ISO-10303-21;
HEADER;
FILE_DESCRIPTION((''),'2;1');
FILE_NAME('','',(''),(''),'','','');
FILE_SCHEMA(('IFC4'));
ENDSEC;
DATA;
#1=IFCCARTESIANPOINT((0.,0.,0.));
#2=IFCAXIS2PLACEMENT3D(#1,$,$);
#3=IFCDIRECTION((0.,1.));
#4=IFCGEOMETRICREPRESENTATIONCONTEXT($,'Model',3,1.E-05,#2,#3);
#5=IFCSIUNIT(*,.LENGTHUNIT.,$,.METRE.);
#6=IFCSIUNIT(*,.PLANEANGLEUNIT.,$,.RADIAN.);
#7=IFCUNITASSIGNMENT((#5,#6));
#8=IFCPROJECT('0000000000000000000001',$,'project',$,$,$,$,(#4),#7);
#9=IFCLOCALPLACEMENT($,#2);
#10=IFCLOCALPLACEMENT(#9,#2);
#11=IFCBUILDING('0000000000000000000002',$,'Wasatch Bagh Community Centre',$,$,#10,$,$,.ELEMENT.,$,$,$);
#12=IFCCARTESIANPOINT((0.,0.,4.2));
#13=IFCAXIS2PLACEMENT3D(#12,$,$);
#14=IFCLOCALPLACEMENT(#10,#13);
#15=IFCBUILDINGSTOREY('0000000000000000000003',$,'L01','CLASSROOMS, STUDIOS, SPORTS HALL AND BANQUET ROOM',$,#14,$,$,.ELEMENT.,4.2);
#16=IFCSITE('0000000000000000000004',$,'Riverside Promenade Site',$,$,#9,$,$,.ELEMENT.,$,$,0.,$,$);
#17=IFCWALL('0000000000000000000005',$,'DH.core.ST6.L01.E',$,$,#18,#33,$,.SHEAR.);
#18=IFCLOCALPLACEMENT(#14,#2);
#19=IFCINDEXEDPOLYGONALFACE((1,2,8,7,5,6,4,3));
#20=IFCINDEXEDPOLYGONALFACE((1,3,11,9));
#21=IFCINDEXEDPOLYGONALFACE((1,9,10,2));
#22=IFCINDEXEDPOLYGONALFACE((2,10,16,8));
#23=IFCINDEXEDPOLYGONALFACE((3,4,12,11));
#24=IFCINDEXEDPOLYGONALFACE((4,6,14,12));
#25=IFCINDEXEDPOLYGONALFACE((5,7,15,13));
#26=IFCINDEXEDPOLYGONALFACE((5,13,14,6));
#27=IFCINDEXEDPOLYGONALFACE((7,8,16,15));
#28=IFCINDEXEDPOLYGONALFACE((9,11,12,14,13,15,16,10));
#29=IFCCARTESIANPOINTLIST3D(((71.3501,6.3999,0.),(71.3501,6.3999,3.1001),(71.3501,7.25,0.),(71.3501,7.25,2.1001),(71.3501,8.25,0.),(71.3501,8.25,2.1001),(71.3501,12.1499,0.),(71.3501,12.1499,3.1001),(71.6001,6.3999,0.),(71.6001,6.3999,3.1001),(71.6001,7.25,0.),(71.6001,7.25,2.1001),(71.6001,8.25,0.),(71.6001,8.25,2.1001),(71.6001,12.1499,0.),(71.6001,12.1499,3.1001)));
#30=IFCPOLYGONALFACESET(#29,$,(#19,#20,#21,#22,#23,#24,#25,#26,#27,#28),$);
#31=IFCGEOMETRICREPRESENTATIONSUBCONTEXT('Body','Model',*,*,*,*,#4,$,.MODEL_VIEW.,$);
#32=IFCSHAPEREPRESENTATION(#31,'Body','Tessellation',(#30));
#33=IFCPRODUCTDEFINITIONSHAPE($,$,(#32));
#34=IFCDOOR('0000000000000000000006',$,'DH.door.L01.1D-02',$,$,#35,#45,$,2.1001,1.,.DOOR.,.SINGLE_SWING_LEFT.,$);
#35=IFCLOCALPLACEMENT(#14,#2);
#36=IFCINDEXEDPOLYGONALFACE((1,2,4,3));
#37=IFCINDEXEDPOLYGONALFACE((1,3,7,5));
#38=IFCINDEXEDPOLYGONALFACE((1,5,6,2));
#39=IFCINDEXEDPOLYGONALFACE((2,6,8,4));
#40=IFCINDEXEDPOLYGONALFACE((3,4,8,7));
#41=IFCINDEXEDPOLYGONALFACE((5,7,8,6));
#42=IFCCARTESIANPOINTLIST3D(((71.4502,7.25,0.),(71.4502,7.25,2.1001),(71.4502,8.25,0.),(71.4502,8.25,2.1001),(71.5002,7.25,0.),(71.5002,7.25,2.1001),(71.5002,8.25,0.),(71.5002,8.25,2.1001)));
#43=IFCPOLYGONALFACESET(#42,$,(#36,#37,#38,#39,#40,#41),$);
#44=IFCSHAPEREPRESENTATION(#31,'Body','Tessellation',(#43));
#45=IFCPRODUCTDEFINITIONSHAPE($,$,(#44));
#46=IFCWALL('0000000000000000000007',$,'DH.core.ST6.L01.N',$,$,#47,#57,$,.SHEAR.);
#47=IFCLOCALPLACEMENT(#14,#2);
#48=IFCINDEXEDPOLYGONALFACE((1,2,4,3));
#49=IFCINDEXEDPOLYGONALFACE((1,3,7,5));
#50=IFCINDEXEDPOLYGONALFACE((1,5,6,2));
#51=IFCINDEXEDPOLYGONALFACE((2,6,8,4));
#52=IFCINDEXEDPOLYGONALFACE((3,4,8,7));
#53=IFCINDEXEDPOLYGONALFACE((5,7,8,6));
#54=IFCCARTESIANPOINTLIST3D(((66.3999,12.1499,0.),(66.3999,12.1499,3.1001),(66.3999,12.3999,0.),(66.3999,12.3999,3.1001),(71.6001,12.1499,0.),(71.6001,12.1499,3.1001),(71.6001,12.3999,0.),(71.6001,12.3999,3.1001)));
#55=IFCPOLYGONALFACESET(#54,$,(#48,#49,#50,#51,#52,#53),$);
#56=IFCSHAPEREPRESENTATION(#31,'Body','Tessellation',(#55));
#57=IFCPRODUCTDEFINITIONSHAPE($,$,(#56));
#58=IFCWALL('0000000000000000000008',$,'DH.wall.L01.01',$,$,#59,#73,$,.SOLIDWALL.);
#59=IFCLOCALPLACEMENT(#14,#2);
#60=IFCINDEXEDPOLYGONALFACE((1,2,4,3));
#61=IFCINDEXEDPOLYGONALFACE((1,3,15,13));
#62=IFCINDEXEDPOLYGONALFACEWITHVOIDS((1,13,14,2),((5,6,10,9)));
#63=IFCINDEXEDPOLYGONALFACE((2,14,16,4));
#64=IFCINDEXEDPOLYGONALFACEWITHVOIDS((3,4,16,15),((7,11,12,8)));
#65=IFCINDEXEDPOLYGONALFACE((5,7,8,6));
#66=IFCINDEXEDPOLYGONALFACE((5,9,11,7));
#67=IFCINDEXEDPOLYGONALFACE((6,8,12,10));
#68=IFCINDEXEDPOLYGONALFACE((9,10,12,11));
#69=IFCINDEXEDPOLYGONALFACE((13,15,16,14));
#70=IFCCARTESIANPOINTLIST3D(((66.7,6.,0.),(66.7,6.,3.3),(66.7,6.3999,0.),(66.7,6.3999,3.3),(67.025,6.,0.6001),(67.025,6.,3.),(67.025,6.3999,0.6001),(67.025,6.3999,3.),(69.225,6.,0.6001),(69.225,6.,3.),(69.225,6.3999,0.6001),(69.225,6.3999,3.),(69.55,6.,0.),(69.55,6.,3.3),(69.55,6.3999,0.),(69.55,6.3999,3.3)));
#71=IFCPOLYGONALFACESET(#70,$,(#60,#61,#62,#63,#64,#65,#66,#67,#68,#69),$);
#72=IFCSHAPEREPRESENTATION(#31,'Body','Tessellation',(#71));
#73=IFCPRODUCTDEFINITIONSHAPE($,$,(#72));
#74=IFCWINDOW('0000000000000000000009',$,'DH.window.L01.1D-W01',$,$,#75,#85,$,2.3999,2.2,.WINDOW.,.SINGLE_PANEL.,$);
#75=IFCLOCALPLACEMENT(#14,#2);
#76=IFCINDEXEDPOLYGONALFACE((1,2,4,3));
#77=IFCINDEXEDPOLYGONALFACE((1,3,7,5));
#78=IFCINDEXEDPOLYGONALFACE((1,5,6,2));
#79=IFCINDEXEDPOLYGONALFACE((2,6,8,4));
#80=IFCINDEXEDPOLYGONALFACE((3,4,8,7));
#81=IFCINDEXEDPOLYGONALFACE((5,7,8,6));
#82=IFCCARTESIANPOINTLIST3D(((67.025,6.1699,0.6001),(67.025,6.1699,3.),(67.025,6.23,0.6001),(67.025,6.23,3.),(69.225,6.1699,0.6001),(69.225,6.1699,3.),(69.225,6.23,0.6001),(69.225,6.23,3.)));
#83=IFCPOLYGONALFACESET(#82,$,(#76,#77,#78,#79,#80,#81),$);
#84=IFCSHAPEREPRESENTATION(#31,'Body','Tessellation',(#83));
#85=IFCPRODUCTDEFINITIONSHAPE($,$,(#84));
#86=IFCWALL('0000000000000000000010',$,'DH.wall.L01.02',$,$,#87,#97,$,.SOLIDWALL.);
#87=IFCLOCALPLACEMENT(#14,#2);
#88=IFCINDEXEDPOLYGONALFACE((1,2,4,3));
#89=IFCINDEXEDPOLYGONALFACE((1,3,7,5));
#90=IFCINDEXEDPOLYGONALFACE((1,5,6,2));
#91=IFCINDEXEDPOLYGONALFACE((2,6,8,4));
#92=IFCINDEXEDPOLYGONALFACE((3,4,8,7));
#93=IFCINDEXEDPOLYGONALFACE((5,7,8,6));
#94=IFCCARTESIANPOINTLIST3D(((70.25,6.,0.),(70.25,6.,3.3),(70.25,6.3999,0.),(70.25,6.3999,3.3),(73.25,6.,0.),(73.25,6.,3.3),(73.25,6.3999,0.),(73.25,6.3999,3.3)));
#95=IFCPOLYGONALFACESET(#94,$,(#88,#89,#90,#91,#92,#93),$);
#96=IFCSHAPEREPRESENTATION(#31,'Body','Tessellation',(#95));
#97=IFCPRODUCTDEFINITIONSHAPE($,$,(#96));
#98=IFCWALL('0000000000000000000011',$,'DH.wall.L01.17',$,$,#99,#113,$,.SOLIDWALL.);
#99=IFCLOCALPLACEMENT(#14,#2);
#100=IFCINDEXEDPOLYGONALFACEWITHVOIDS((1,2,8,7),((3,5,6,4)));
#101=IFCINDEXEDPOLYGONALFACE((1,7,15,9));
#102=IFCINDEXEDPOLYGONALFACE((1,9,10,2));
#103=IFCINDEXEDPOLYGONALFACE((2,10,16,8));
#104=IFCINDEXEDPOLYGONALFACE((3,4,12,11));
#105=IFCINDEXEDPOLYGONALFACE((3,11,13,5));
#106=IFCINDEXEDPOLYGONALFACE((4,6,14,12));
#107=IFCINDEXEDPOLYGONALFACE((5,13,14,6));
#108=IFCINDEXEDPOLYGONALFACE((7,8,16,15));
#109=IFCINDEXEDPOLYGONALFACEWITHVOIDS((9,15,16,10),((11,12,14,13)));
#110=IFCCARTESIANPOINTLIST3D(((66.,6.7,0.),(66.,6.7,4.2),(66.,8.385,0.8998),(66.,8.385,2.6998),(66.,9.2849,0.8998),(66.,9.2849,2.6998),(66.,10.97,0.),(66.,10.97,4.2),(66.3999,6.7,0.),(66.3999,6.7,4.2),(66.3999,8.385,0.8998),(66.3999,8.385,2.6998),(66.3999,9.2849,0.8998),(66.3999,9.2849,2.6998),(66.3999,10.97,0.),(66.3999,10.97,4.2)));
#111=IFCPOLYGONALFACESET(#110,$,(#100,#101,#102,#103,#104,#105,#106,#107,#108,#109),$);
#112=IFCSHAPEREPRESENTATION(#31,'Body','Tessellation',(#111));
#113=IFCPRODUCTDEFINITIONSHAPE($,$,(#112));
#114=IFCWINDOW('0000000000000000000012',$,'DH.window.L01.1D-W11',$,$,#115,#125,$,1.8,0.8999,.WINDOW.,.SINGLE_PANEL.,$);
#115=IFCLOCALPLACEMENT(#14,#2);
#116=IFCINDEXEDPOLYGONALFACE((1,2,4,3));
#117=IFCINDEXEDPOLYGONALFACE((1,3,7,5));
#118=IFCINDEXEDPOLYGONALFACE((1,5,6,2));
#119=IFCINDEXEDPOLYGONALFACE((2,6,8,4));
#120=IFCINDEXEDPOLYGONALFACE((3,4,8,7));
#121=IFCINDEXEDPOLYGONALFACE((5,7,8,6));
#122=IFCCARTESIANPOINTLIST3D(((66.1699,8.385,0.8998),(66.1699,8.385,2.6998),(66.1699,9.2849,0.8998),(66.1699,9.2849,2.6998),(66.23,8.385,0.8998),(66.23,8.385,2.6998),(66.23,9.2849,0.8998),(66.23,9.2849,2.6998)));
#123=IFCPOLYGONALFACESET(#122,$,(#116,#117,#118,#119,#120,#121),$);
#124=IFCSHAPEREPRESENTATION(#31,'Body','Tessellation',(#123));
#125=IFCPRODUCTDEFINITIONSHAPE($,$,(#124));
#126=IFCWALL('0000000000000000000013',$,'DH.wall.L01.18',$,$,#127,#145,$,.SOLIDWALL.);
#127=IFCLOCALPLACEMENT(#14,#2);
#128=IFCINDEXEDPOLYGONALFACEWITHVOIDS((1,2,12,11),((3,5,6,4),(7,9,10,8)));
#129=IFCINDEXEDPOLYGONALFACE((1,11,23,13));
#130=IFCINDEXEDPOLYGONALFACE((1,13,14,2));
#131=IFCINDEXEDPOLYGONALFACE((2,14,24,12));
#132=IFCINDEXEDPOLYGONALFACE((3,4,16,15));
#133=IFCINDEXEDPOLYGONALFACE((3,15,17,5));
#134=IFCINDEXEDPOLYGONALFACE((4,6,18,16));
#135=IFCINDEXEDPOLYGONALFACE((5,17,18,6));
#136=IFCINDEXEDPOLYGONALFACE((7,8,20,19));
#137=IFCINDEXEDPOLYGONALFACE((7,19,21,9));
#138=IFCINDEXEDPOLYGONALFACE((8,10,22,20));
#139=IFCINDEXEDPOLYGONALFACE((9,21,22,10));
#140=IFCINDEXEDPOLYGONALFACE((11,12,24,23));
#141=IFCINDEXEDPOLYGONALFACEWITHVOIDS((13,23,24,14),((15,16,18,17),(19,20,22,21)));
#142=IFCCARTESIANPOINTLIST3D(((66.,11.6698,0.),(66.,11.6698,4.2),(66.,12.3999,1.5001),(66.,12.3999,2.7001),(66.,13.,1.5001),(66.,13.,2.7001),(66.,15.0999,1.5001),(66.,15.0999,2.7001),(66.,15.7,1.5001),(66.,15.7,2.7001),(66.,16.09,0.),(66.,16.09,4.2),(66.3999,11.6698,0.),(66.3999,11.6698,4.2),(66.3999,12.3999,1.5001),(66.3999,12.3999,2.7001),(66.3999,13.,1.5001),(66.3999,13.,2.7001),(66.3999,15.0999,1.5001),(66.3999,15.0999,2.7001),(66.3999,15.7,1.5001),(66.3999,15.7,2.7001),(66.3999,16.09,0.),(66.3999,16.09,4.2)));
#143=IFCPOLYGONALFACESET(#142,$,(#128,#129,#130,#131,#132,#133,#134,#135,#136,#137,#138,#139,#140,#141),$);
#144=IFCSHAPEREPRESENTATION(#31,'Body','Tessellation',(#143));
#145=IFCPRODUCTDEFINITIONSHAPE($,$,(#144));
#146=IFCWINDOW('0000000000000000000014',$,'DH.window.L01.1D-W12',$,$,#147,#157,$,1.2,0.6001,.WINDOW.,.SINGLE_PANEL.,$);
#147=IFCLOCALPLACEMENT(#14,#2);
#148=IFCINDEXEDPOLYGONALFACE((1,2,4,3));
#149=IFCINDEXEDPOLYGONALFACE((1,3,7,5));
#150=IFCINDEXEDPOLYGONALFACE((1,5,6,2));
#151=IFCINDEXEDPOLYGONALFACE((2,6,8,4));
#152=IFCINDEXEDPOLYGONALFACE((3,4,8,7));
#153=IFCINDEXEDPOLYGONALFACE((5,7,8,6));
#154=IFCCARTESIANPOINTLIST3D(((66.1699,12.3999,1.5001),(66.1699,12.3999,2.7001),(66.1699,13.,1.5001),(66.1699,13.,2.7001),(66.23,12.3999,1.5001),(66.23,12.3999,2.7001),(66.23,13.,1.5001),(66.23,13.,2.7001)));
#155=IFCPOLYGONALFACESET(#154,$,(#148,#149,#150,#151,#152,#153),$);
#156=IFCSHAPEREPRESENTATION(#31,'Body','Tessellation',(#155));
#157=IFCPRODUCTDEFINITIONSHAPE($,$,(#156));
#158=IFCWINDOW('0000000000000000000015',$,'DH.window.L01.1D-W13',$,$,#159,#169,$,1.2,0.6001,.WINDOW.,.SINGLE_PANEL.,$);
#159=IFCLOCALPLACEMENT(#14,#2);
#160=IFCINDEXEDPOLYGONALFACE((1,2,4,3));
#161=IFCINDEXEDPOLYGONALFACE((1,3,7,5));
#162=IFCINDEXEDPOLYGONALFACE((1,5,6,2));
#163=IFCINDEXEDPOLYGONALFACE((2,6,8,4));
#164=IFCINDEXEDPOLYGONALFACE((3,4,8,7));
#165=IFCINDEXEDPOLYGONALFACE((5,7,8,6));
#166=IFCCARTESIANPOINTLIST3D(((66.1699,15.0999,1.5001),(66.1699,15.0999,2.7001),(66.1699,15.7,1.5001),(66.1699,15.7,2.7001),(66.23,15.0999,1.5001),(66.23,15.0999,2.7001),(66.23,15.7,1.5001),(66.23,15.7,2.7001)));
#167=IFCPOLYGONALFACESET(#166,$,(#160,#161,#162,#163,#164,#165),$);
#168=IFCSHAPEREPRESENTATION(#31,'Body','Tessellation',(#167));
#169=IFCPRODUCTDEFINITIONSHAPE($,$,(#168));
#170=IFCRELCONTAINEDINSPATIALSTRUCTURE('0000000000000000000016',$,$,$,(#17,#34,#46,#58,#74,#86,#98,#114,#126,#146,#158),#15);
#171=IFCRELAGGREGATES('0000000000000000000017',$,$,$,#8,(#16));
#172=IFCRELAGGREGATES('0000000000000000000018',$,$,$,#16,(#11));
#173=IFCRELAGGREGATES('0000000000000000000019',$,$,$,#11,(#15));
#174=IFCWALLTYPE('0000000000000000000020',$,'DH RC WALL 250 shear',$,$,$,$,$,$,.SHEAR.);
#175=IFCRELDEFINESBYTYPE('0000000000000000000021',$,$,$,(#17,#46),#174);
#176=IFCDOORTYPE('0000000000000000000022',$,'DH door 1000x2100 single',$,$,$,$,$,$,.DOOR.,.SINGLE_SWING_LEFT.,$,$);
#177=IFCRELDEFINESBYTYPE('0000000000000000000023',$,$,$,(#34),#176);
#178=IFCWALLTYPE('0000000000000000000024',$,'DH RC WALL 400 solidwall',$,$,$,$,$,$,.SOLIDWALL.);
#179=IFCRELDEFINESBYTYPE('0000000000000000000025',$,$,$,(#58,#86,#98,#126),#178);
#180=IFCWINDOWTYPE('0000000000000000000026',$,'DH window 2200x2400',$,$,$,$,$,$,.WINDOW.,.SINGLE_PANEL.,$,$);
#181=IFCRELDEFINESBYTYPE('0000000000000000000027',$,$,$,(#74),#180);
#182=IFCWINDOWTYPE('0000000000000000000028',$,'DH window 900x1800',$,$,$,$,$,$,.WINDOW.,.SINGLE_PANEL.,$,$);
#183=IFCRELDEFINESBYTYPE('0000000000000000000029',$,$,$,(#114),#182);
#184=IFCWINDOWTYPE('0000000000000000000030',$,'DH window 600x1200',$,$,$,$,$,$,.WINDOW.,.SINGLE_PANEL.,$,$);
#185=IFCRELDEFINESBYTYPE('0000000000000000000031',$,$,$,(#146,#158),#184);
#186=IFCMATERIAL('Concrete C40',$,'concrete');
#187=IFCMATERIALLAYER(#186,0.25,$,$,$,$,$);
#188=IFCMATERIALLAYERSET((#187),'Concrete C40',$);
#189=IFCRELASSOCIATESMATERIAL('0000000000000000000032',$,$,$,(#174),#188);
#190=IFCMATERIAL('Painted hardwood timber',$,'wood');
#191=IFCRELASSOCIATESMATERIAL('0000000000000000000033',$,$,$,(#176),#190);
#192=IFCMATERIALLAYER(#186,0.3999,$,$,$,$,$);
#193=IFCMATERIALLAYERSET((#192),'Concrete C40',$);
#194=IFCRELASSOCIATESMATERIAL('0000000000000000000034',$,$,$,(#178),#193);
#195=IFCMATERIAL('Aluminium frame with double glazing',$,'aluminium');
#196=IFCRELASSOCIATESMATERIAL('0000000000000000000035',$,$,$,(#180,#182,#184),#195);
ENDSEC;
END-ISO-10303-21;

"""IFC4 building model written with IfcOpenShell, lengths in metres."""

from ifc_helpers import new_model, si_unit, direction, frame, frame_2d, origin, place, context, subcontext, project, spatial, rectangle, extrude, material, layer, layer_set, type_object, element, fill, save


model = new_model("IFC4")

# Units and contexts
model_context = context("Model", 3, precision=1e-05, world=origin(), true_north=direction((0.0, 1.0)))
body_context = subcontext(model_context, "Body", "Model", "MODEL_VIEW")
ifc_project = project(units=[si_unit("LENGTHUNIT", "METRE"), si_unit("PLANEANGLEUNIT", "RADIAN")], contexts=[model_context])

# Site, building, storey
site_placement = place(None, origin())
site = spatial("IfcSite", under=ifc_project, at=site_placement, Name="Riverside Promenade Site", CompositionType="ELEMENT", RefElevation=0.0)
building_placement = place(site_placement, origin())
building = spatial("IfcBuilding", under=site, at=building_placement, Name="Wasatch Bagh Community Centre", CompositionType="ELEMENT")
storey_placement = place(building_placement, frame((0.0, 0.0, 4.2)))
storey = spatial("IfcBuildingStorey", under=building, at=storey_placement, Name="L01", Description="CLASSROOMS, STUDIOS, SPORTS HALL AND BANQUET ROOM", CompositionType="ELEMENT", Elevation=4.2)

# Shared definitions
ifc_material_1 = material(Name="Concrete C40", Category="concrete")

# Wall, opening, door
ifc_layer_1 = layer(ifc_material_1, 0.25)
ifc_layer_set_1 = layer_set([ifc_layer_1], Name="Concrete C40")
wall_type_1 = type_object("IfcWallType", Name="DH RC WALL 250 shear", PredefinedType="SHEAR", material=ifc_layer_set_1)
wall_1_placement = place(storey_placement, frame((71.4751, 6.3999, 0.0), z_axis=(0.0, 0.0, 1.0), x_axis=(0.0, 1.0, 0.0)))
wall_1 = element("IfcWall", 1, at=wall_1_placement, inside=storey, type_object=wall_type_1, Name="DH.core.ST6.L01.E", PredefinedType="SHEAR", context=body_context, shape_type="SweptSolid", body=[
    extrude(rectangle(XDim=5.75, YDim=0.25, at=frame_2d((2.875, 0.0))), origin(), (0.0, 0.0, 1.0), 3.1001),
])
opening_1_placement = place(wall_1_placement, frame((0.8501, 0.0, 0.0)))
opening_1 = element("IfcOpeningElement", 2, at=opening_1_placement, cuts=wall_1, PredefinedType="OPENING", context=body_context, shape_type="SweptSolid", body=[
    extrude(rectangle(XDim=1.0, YDim=2.1001, at=frame_2d((0.5, 1.05))), frame((0.0, 0.135, 0.0), z_axis=(0.0, -1.0, 0.0), x_axis=(1.0, 0.0, 0.0)), (0.0, 0.0, 1.0), 0.27),
])
ifc_material_2 = material(Name="Painted hardwood timber", Category="wood")
door_type = type_object("IfcDoorType", Name="DH door 1000x2100 single", OperationType="SINGLE_SWING_LEFT", PredefinedType="DOOR", material=ifc_material_2)
door_placement = place(opening_1_placement, origin())
door = element("IfcDoor", 3, at=door_placement, inside=storey, type_object=door_type, Name="DH.door.L01.1D-02", OperationType="SINGLE_SWING_LEFT", OverallHeight=2.1001, OverallWidth=1.0, PredefinedType="DOOR", context=body_context, shape_type="SweptSolid", body=[
    extrude(rectangle(XDim=1.0, YDim=2.1001, at=frame_2d((0.5, 1.05))), frame((0.0, 0.0249, 0.0), z_axis=(0.0, -1.0, 0.0), x_axis=(1.0, 0.0, 0.0)), (0.0, 0.0, 1.0), 0.05),
])
fill(opening_1, door)

# Wall
wall_2_placement = place(storey_placement, frame((66.3999, 12.2749, 0.0), z_axis=(0.0, 0.0, 1.0), x_axis=(1.0, 0.0, 0.0)))
element("IfcWall", 4, at=wall_2_placement, inside=storey, type_object=wall_type_1, Name="DH.core.ST6.L01.N", PredefinedType="SHEAR", context=body_context, shape_type="SweptSolid", body=[
    extrude(rectangle(XDim=5.2002, YDim=0.25, at=frame_2d((2.6001, 0.0))), origin(), (0.0, 0.0, 1.0), 3.1001),
])

# Wall, opening, window
ifc_layer_2 = layer(ifc_material_1, 0.3999)
ifc_layer_set_2 = layer_set([ifc_layer_2], Name="Concrete C40")
wall_type_2 = type_object("IfcWallType", Name="DH RC WALL 400 solidwall", PredefinedType="SOLIDWALL", material=ifc_layer_set_2)
wall_3_placement = place(storey_placement, frame((69.55, 6.2, 0.0), z_axis=(0.0, 0.0, 1.0), x_axis=(-1.0, 0.0, 0.0)))
wall_3 = element("IfcWall", 5, at=wall_3_placement, inside=storey, type_object=wall_type_2, Name="DH.wall.L01.01", PredefinedType="SOLIDWALL", context=body_context, shape_type="SweptSolid", body=[
    extrude(rectangle(XDim=2.8501, YDim=0.3999, at=frame_2d((1.425, 0.0))), origin(), (0.0, 0.0, 1.0), 3.3),
])
opening_2_placement = place(wall_3_placement, frame((0.325, 0.0, 0.6001)))
opening_2 = element("IfcOpeningElement", 6, at=opening_2_placement, cuts=wall_3, PredefinedType="OPENING", context=body_context, shape_type="SweptSolid", body=[
    extrude(rectangle(XDim=2.2, YDim=2.3999, at=frame_2d((1.1001, 1.2))), frame((0.0, 0.21, 0.0), z_axis=(0.0, -1.0, 0.0), x_axis=(1.0, 0.0, 0.0)), (0.0, 0.0, 1.0), 0.4199),
])
ifc_material_3 = material(Name="Aluminium frame with double glazing", Category="aluminium")
window_type_1 = type_object("IfcWindowType", Name="DH window 2200x2400", PartitioningType="SINGLE_PANEL", PredefinedType="WINDOW", material=ifc_material_3)
window_1_placement = place(opening_2_placement, origin())
window_1 = element("IfcWindow", 7, at=window_1_placement, inside=storey, type_object=window_type_1, Name="DH.window.L01.1D-W01", OverallHeight=2.3999, OverallWidth=2.2, PartitioningType="SINGLE_PANEL", PredefinedType="WINDOW", context=body_context, shape_type="SweptSolid", body=[
    extrude(rectangle(XDim=2.2, YDim=2.3999, at=frame_2d((1.1001, 1.2))), frame((0.0, 0.03, 0.0), z_axis=(0.0, -1.0, 0.0), x_axis=(1.0, 0.0, 0.0)), (0.0, 0.0, 1.0), 0.0601),
])
fill(opening_2, window_1)

# Wall
wall_4_placement = place(storey_placement, frame((73.25, 6.2, 0.0), z_axis=(0.0, 0.0, 1.0), x_axis=(-1.0, 0.0, 0.0)))
element("IfcWall", 8, at=wall_4_placement, inside=storey, type_object=wall_type_2, Name="DH.wall.L01.02", PredefinedType="SOLIDWALL", context=body_context, shape_type="SweptSolid", body=[
    extrude(rectangle(XDim=3.0, YDim=0.3999, at=frame_2d((1.5, 0.0))), origin(), (0.0, 0.0, 1.0), 3.3),
])

# Wall, opening, window
wall_5_placement = place(storey_placement, frame((66.2, 6.7, 0.0), z_axis=(0.0, 0.0, 1.0), x_axis=(0.0, 1.0, 0.0)))
wall_5 = element("IfcWall", 9, at=wall_5_placement, inside=storey, type_object=wall_type_2, Name="DH.wall.L01.17", PredefinedType="SOLIDWALL", context=body_context, shape_type="SweptSolid", body=[
    extrude(rectangle(XDim=4.27, YDim=0.3999, at=frame_2d((2.135, 0.0))), origin(), (0.0, 0.0, 1.0), 4.2),
])
opening_3_placement = place(wall_5_placement, frame((1.6851, 0.0, 0.8999)))
opening_3 = element("IfcOpeningElement", 10, at=opening_3_placement, cuts=wall_5, PredefinedType="OPENING", context=body_context, shape_type="SweptSolid", body=[
    extrude(rectangle(XDim=0.8999, YDim=1.8, at=frame_2d((0.45, 0.8999))), frame((0.0, 0.21, 0.0), z_axis=(0.0, -1.0, 0.0), x_axis=(1.0, 0.0, 0.0)), (0.0, 0.0, 1.0), 0.4199),
])
window_type_2 = type_object("IfcWindowType", Name="DH window 900x1800", PartitioningType="SINGLE_PANEL", PredefinedType="WINDOW", material=ifc_material_3)
window_2_placement = place(opening_3_placement, origin())
window_2 = element("IfcWindow", 11, at=window_2_placement, inside=storey, type_object=window_type_2, Name="DH.window.L01.1D-W11", OverallHeight=1.8, OverallWidth=0.8999, PartitioningType="SINGLE_PANEL", PredefinedType="WINDOW", context=body_context, shape_type="SweptSolid", body=[
    extrude(rectangle(XDim=0.8999, YDim=1.8, at=frame_2d((0.45, 0.8999))), frame((0.0, 0.03, 0.0), z_axis=(0.0, -1.0, 0.0), x_axis=(1.0, 0.0, 0.0)), (0.0, 0.0, 1.0), 0.0601),
])
fill(opening_3, window_2)

# Wall, openings, windows
wall_6_placement = place(storey_placement, frame((66.2, 11.6699, 0.0), z_axis=(0.0, 0.0, 1.0), x_axis=(0.0, 1.0, 0.0)))
wall_6 = element("IfcWall", 12, at=wall_6_placement, inside=storey, type_object=wall_type_2, Name="DH.wall.L01.18", PredefinedType="SOLIDWALL", context=body_context, shape_type="SweptSolid", body=[
    extrude(rectangle(XDim=4.4202, YDim=0.3999, at=frame_2d((2.21, 0.0))), origin(), (0.0, 0.0, 1.0), 4.2),
])
opening_4_placement = place(wall_6_placement, frame((0.73, 0.0, 1.5)))
opening_4 = element("IfcOpeningElement", 13, at=opening_4_placement, cuts=wall_6, PredefinedType="OPENING", context=body_context, shape_type="SweptSolid", body=[
    extrude(rectangle(XDim=0.6001, YDim=1.2, at=frame_2d((0.3, 0.6001))), frame((0.0, 0.21, 0.0), z_axis=(0.0, -1.0, 0.0), x_axis=(1.0, 0.0, 0.0)), (0.0, 0.0, 1.0), 0.4199),
])
opening_5_placement = place(wall_6_placement, frame((3.4299, 0.0, 1.5)))
opening_5 = element("IfcOpeningElement", 14, at=opening_5_placement, cuts=wall_6, PredefinedType="OPENING", context=body_context, shape_type="SweptSolid", body=[
    extrude(rectangle(XDim=0.6001, YDim=1.2, at=frame_2d((0.3, 0.6001))), frame((0.0, 0.21, 0.0), z_axis=(0.0, -1.0, 0.0), x_axis=(1.0, 0.0, 0.0)), (0.0, 0.0, 1.0), 0.4199),
])
window_type_3 = type_object("IfcWindowType", Name="DH window 600x1200", PartitioningType="SINGLE_PANEL", PredefinedType="WINDOW", material=ifc_material_3)
window_3_placement = place(opening_4_placement, origin())
window_3 = element("IfcWindow", 15, at=window_3_placement, inside=storey, type_object=window_type_3, Name="DH.window.L01.1D-W12", OverallHeight=1.2, OverallWidth=0.6001, PartitioningType="SINGLE_PANEL", PredefinedType="WINDOW", context=body_context, shape_type="SweptSolid", body=[
    extrude(rectangle(XDim=0.6001, YDim=1.2, at=frame_2d((0.3, 0.6001))), frame((0.0, 0.03, 0.0), z_axis=(0.0, -1.0, 0.0), x_axis=(1.0, 0.0, 0.0)), (0.0, 0.0, 1.0), 0.0601),
])
fill(opening_4, window_3)
window_4_placement = place(opening_5_placement, origin())
window_4 = element("IfcWindow", 16, at=window_4_placement, inside=storey, type_object=window_type_3, Name="DH.window.L01.1D-W13", OverallHeight=1.2, OverallWidth=0.6001, PartitioningType="SINGLE_PANEL", PredefinedType="WINDOW", context=body_context, shape_type="SweptSolid", body=[
    extrude(rectangle(XDim=0.6001, YDim=1.2, at=frame_2d((0.3, 0.6001))), frame((0.0, 0.03, 0.0), z_axis=(0.0, -1.0, 0.0), x_axis=(1.0, 0.0, 0.0)), (0.0, 0.0, 1.0), 0.0601),
])
fill(opening_5, window_4)

save(model, "model.ifc")
